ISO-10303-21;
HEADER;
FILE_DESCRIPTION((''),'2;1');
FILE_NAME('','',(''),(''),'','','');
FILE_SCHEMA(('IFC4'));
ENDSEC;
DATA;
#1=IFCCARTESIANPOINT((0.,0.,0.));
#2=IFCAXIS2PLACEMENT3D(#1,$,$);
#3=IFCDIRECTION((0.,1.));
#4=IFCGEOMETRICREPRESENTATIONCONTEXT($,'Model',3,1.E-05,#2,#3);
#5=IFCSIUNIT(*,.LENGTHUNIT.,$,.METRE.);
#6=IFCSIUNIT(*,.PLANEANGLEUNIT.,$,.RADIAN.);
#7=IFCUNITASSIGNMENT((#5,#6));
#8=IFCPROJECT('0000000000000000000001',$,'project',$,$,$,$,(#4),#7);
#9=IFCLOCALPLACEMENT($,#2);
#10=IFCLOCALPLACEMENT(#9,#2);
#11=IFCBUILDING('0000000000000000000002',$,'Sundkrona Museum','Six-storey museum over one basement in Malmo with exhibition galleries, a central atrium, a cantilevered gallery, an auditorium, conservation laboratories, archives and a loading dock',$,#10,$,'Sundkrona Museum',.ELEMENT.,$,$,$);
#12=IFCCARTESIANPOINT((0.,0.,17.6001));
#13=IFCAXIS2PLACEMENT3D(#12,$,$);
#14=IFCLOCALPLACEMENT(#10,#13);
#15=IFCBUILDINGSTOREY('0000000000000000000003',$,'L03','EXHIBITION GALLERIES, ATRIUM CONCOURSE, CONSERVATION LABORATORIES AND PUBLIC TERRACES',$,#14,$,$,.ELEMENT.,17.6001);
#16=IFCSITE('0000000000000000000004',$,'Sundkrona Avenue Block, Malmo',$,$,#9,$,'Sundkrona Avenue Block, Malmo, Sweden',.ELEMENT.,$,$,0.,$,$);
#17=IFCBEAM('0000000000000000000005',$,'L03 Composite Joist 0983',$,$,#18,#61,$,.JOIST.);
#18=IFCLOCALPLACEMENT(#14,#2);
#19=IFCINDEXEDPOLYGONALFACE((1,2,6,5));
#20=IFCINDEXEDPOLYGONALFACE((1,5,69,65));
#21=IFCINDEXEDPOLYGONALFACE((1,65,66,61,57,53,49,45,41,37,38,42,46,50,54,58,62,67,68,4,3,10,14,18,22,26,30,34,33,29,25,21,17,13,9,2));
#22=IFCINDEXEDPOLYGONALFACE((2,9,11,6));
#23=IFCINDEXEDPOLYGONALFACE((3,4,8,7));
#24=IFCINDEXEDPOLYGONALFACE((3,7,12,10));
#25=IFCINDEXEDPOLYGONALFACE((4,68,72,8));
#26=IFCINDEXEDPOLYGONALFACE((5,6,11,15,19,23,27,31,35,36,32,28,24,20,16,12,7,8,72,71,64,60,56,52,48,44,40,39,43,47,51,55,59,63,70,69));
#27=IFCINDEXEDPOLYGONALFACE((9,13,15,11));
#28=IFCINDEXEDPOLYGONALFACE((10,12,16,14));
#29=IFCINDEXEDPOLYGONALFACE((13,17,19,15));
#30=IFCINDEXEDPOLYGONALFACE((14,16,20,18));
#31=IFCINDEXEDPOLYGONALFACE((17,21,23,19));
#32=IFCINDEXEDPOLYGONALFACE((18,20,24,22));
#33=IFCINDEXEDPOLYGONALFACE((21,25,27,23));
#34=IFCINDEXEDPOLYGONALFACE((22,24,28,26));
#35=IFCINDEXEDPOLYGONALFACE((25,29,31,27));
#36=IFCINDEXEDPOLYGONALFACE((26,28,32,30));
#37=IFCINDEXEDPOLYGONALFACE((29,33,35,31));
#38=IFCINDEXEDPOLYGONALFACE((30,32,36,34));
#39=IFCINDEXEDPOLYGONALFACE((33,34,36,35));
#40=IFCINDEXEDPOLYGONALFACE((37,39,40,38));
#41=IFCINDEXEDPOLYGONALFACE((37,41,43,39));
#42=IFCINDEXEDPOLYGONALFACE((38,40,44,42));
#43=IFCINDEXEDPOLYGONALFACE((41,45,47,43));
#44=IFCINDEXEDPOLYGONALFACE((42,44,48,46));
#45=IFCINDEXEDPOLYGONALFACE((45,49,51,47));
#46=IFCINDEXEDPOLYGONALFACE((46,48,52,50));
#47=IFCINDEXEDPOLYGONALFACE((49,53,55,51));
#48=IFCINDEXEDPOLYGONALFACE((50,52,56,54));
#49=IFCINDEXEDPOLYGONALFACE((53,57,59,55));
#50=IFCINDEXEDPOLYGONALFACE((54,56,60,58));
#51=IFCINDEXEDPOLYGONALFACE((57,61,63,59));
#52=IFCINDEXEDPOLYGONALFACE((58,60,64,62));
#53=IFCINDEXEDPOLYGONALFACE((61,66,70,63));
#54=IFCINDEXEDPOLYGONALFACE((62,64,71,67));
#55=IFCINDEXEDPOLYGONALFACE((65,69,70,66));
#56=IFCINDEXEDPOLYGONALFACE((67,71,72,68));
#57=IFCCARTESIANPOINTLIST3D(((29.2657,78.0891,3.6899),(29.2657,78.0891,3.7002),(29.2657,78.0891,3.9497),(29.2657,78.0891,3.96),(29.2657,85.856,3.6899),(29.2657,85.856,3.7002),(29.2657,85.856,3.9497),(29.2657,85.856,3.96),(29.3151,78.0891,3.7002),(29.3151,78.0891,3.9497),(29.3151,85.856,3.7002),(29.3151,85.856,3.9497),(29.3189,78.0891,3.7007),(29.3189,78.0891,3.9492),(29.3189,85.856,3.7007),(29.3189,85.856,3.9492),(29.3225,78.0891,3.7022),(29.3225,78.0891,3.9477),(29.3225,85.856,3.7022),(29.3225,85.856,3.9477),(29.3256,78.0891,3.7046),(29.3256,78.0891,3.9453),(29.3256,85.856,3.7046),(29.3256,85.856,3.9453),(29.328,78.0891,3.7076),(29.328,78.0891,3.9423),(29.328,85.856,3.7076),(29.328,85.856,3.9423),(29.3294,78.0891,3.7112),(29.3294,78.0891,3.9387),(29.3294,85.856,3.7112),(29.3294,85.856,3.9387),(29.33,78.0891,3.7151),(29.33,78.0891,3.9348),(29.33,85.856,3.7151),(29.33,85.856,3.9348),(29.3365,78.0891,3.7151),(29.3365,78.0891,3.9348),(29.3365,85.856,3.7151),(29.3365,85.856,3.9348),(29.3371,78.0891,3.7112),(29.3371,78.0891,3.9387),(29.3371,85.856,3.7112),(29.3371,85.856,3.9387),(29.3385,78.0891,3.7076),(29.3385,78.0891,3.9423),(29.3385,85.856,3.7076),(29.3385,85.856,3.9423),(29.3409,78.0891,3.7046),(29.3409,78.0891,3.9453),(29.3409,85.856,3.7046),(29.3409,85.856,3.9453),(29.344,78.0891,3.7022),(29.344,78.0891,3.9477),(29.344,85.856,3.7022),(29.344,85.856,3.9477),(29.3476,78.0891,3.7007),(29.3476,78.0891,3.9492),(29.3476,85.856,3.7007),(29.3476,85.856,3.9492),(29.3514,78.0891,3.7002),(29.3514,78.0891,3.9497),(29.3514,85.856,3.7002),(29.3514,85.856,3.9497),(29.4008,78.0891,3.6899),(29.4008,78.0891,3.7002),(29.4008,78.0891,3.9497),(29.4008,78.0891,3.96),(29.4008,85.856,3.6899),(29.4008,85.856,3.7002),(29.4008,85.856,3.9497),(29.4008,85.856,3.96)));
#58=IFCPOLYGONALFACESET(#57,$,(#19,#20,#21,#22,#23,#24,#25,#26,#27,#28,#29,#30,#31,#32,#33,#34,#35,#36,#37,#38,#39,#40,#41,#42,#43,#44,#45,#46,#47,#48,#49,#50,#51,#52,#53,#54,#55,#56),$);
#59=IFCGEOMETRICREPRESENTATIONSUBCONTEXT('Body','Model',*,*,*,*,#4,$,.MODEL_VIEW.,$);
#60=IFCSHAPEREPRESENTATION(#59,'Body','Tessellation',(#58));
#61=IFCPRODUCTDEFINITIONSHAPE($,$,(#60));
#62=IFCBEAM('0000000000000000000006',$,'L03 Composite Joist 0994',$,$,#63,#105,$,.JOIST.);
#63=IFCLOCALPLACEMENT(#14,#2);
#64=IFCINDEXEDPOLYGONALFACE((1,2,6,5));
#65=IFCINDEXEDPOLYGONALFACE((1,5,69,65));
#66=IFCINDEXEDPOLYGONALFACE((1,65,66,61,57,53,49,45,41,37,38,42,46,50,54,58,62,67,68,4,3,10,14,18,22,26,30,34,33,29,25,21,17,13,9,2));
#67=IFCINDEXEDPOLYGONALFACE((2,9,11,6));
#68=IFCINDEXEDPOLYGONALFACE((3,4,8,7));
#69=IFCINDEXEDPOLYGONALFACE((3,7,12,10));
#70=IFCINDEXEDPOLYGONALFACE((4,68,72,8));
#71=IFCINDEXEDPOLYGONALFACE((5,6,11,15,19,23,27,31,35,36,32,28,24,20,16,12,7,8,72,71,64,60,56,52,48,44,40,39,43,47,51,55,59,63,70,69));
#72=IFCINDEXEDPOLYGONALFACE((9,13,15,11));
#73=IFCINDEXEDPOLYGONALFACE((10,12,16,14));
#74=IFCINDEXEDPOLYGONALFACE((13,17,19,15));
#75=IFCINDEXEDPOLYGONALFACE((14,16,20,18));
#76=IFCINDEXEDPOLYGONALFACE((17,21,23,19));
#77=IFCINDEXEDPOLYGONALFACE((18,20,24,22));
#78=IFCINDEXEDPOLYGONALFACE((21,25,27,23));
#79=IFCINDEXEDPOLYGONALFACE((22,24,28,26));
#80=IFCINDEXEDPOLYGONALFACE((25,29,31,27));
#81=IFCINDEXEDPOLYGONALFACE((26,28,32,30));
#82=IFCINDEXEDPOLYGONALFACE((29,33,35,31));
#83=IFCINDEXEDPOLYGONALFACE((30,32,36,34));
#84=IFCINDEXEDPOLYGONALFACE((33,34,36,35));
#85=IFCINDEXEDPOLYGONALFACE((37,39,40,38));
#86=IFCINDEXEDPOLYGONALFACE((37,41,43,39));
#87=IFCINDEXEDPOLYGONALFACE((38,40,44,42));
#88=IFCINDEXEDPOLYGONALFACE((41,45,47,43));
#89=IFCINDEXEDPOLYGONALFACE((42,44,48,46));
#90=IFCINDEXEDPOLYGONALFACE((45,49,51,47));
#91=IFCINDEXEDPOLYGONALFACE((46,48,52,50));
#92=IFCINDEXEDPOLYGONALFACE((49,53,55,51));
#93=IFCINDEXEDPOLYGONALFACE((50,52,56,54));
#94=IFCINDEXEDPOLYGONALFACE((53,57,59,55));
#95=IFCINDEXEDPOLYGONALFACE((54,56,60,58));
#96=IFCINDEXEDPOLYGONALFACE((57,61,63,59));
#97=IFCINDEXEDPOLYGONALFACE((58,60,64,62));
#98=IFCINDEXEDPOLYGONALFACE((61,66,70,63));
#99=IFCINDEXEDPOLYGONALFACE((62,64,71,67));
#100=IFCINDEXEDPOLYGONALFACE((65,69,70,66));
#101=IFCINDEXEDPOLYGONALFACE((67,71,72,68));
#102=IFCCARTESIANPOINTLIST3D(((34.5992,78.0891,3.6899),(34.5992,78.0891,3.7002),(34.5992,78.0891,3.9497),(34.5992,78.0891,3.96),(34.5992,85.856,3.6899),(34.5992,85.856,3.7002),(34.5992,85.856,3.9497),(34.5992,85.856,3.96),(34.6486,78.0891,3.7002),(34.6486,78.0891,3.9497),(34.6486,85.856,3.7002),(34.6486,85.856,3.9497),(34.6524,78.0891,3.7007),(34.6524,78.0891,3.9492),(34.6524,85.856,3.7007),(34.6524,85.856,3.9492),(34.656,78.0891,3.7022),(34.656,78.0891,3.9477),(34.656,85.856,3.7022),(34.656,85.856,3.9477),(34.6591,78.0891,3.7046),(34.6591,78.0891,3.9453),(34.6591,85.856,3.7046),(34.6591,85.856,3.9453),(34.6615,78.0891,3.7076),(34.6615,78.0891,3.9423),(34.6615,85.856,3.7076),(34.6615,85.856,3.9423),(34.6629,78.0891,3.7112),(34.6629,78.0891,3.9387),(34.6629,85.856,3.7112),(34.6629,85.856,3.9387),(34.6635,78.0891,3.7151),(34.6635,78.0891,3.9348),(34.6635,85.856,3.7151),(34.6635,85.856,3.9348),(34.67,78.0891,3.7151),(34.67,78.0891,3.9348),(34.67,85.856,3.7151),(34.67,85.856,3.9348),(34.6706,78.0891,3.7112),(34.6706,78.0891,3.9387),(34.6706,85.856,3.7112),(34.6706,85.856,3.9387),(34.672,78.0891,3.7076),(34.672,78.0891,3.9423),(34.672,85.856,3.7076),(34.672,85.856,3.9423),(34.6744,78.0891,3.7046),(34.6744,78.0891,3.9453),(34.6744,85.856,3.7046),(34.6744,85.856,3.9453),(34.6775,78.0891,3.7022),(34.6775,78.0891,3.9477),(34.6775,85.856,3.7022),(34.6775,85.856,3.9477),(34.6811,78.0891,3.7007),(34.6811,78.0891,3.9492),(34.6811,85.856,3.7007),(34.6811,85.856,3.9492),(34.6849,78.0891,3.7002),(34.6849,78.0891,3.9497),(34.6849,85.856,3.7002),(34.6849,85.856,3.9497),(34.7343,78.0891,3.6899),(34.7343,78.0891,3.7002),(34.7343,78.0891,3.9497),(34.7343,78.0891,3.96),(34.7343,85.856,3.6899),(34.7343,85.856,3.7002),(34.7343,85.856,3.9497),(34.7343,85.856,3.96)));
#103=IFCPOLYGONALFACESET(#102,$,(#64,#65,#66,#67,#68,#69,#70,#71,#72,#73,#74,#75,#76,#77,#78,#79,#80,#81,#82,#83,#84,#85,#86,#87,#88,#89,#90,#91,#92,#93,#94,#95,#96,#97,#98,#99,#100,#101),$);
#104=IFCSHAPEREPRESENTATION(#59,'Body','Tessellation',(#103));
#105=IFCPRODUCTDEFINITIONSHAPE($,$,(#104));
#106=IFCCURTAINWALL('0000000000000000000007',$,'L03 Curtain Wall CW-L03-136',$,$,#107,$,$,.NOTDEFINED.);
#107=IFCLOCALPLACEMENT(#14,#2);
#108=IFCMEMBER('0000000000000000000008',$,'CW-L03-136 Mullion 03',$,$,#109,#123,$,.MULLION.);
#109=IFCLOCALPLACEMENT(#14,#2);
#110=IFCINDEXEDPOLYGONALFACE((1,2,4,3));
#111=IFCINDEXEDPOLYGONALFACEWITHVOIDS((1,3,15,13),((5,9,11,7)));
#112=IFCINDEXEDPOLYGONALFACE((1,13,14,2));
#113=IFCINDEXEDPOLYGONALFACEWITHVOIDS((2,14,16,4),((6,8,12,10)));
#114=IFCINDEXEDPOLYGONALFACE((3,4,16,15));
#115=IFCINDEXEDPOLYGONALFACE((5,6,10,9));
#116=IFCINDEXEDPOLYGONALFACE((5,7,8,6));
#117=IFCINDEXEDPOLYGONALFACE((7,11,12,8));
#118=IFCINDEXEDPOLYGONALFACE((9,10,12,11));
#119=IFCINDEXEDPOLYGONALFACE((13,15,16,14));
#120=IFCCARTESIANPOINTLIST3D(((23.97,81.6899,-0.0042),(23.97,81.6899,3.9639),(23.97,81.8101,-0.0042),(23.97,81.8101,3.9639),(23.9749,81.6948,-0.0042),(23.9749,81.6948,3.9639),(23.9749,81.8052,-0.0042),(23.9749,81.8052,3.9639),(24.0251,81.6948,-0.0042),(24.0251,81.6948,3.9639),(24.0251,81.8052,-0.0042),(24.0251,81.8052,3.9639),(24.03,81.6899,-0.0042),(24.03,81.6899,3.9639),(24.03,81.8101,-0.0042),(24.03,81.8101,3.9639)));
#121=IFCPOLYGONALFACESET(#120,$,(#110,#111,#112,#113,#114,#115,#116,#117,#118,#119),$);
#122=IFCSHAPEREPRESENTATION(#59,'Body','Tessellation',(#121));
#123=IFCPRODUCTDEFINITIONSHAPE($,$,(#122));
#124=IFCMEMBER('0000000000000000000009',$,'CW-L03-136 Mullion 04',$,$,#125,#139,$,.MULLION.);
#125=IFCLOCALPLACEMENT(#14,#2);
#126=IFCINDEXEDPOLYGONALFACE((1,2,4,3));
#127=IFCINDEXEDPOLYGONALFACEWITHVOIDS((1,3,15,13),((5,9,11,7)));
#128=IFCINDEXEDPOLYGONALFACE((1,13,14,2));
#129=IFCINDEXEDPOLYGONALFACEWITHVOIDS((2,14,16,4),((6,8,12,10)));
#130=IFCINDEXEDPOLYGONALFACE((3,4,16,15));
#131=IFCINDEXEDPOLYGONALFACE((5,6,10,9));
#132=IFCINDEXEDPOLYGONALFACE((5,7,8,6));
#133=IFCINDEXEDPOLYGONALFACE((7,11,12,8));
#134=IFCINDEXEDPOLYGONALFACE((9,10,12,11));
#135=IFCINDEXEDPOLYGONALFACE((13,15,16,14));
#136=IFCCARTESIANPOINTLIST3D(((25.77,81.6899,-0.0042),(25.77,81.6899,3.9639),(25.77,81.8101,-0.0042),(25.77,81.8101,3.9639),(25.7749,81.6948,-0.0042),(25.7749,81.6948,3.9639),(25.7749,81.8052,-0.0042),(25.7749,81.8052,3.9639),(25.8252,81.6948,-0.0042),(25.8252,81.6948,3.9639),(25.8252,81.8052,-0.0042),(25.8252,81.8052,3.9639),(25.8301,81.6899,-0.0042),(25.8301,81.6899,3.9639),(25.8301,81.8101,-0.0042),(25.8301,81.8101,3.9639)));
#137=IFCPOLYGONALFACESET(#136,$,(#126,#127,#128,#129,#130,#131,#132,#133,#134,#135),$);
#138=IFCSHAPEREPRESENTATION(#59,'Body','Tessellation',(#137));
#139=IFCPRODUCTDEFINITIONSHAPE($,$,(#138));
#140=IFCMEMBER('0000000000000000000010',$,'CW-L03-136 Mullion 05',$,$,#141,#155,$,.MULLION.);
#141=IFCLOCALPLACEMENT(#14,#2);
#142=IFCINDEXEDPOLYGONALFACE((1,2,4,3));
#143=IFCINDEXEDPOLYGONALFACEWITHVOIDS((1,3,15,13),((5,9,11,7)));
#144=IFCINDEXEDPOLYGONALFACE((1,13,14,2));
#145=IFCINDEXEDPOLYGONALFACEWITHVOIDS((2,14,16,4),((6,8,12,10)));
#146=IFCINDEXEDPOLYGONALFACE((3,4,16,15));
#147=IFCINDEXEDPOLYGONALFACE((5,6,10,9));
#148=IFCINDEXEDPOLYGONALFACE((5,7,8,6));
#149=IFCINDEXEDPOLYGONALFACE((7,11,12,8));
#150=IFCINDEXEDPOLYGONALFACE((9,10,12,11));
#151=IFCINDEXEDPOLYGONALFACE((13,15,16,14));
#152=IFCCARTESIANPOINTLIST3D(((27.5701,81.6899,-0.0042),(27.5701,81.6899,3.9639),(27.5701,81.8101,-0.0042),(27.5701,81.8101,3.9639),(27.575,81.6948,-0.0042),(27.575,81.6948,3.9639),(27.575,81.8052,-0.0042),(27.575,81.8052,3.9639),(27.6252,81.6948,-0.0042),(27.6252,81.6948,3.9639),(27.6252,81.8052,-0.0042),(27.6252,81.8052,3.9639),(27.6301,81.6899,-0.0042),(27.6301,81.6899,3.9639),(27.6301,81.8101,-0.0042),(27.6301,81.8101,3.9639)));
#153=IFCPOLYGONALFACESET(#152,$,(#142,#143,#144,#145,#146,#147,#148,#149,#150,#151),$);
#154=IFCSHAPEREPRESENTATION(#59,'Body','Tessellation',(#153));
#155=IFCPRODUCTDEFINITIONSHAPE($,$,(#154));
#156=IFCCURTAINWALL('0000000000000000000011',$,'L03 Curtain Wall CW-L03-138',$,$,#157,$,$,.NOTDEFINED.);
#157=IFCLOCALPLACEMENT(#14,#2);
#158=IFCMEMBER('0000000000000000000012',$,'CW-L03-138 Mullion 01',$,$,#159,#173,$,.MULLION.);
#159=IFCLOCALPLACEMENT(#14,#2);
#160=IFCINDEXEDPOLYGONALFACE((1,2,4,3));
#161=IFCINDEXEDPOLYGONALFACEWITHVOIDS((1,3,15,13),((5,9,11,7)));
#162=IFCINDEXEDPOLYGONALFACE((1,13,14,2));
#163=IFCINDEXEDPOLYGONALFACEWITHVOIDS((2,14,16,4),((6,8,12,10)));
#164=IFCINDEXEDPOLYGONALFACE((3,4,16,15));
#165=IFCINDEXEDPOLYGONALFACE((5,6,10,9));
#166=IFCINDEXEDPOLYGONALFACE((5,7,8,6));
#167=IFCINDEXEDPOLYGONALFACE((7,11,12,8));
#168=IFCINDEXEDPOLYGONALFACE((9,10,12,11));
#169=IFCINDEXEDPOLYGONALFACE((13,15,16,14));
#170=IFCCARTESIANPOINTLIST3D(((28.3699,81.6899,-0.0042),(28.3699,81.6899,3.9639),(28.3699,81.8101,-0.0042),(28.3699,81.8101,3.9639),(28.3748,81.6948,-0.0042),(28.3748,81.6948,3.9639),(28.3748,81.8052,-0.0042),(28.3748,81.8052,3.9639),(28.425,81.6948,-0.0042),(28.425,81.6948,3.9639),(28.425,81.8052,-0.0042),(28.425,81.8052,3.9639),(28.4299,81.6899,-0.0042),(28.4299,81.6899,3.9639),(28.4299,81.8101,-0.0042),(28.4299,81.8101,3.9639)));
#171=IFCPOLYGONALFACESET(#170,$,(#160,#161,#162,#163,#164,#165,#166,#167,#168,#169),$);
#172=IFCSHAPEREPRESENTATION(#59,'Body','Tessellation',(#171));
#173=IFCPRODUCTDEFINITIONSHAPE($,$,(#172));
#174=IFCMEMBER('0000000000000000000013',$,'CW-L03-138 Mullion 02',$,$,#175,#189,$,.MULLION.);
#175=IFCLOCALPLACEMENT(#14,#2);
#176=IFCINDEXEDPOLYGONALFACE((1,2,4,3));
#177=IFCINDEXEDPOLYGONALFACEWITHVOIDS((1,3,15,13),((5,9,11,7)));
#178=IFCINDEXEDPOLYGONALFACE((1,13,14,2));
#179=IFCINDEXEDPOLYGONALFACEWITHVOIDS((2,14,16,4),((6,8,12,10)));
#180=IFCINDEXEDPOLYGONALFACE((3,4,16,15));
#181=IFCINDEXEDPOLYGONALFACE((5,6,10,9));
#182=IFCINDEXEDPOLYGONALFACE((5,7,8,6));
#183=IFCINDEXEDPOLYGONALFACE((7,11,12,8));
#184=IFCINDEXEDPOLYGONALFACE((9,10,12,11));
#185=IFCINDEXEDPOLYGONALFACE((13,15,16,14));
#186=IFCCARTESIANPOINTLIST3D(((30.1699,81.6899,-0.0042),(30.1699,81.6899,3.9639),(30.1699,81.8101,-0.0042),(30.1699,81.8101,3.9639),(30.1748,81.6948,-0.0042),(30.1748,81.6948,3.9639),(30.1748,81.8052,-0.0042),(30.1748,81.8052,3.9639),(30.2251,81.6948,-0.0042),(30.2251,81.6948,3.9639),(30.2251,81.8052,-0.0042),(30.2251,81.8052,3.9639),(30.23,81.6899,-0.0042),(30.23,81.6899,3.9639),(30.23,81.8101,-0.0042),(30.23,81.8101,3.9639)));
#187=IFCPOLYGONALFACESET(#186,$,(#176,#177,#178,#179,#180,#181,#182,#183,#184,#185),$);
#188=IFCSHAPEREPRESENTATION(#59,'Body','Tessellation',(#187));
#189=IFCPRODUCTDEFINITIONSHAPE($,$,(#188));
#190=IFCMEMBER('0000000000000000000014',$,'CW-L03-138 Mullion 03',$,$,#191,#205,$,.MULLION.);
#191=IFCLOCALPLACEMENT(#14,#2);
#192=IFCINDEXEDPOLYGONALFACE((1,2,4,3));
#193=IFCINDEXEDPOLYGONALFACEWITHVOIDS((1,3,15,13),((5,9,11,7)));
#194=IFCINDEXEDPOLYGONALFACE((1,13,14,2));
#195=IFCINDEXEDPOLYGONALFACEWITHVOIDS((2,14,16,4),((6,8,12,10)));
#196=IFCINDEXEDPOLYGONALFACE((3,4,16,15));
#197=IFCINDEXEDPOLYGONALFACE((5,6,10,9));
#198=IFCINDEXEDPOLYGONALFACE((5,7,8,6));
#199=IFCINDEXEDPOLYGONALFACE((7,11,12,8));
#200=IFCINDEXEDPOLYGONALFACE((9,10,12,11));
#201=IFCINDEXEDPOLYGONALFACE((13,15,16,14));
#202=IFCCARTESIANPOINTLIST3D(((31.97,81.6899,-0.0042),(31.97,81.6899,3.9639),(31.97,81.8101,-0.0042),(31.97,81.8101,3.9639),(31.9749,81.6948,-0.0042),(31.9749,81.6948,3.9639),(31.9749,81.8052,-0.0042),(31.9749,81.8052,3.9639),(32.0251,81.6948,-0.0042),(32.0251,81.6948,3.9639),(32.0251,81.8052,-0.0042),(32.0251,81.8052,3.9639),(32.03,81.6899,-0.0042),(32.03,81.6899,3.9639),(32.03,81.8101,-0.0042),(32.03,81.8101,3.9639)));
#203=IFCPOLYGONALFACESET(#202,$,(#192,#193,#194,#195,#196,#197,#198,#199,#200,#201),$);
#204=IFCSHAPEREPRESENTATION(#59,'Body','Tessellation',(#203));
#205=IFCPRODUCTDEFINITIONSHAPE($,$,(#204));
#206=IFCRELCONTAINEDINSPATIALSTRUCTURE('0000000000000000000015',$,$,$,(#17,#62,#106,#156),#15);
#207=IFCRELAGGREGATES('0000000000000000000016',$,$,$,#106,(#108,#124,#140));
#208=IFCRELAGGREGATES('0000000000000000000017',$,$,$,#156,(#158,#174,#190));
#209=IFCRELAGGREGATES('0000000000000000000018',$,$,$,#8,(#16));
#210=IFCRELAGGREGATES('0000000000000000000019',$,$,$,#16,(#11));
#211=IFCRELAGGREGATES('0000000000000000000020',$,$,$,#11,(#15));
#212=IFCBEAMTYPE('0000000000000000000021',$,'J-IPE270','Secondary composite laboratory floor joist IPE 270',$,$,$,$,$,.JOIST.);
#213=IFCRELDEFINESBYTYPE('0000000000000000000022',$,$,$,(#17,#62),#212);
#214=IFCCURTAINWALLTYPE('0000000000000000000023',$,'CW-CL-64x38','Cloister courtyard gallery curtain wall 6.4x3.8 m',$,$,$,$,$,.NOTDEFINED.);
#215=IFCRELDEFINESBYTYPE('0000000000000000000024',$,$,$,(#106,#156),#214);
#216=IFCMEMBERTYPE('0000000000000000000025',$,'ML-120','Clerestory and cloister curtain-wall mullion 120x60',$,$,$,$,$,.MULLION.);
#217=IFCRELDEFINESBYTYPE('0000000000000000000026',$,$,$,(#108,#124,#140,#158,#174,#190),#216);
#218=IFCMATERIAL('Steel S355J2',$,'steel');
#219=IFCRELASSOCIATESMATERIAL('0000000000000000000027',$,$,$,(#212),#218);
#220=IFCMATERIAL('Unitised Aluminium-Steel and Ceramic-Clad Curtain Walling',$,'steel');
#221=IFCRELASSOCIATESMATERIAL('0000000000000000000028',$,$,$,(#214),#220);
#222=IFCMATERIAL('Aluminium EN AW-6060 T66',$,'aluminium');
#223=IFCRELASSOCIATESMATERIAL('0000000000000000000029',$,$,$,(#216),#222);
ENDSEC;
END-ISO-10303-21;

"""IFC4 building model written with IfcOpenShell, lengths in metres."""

from ifc_helpers import new_model, si_unit, direction, frame, origin, origin_2d, place, context, subcontext, project, spatial, hollow_rectangle, i_section, extrude, material, material_profile, profile_set, type_object, element, aggregate, save


model = new_model("IFC4")

# Units and contexts
model_context = context("Model", 3, precision=1e-05, world=origin(), true_north=direction((0.0, 1.0)))
body_context = subcontext(model_context, "Body", "Model", "MODEL_VIEW")
ifc_project = project(units=[si_unit("LENGTHUNIT", "METRE"), si_unit("PLANEANGLEUNIT", "RADIAN")], contexts=[model_context])

# Site, building, storey
site_placement = place(None, origin())
site = spatial("IfcSite", under=ifc_project, at=site_placement, Name="Sundkrona Avenue Block, Malmo", LongName="Sundkrona Avenue Block, Malmo, Sweden", CompositionType="ELEMENT", RefElevation=0.0)
building_placement = place(site_placement, origin())
building = spatial("IfcBuilding", under=site, at=building_placement, Name="Sundkrona Museum", Description="Six-storey museum over one basement in Malmo with exhibition galleries, a central atrium, a cantilevered gallery, an auditorium, conservation laboratories, archives and a loading dock", LongName="Sundkrona Museum", CompositionType="ELEMENT")
storey_placement = place(building_placement, frame((0.0, 0.0, 17.6001)))
storey = spatial("IfcBuildingStorey", under=building, at=storey_placement, Name="L03", Description="EXHIBITION GALLERIES, ATRIUM CONCOURSE, CONSERVATION LABORATORIES AND PUBLIC TERRACES", CompositionType="ELEMENT", Elevation=17.6001)

# Shared definitions
ifc_material_1 = material(Name="Steel S355J2", Category="steel")

# Beams
ifc_material_profile_1 = material_profile(ifc_material_1, i_section(OverallWidth=0.135, OverallDepth=0.27, WebThickness=0.0066, FlangeThickness=0.0103, FilletRadius=0.0149, at=origin_2d()), Name="IPE 270")
ifc_profile_set_1 = profile_set([ifc_material_profile_1], Name="Steel S355J2")
beam_type_1 = type_object("IfcBeamType", Name="J-IPE270", Description="Secondary composite laboratory floor joist IPE 270", PredefinedType="JOIST", material=ifc_profile_set_1)
for number, where, z_axis, x_axis, name in (
    (1, (29.3333, 78.0891, 3.825), (0.0, 1.0, 0.0), (-1.0, 0.0, 0.0), "L03 Composite Joist 0983"),
    (2, (34.6667, 78.0891, 3.825), (0.0, 1.0, 0.0), (-1.0, 0.0, 0.0), "L03 Composite Joist 0994"),
):
    element("IfcBeam", number, at=place(storey_placement, frame(where, z_axis=z_axis, x_axis=x_axis)), inside=storey, type_object=beam_type_1, Name=name, PredefinedType="JOIST", context=body_context, shape_type="SweptSolid", body=[
        extrude(i_section(OverallWidth=0.135, OverallDepth=0.27, WebThickness=0.0066, FlangeThickness=0.0103, FilletRadius=0.0149, at=origin_2d()), origin(), (0.0, 0.0, 1.0), 7.7668),
    ])

# Curtain walls, members
ifc_material_2 = material(Name="Unitised Aluminium-Steel and Ceramic-Clad Curtain Walling", Category="steel")
curtain_wall_type = type_object("IfcCurtainWallType", Name="CW-CL-64x38", Description="Cloister courtyard gallery curtain wall 6.4x3.8 m", PredefinedType="NOTDEFINED", material=ifc_material_2)
curtain_wall_1_placement = place(storey_placement, origin())
curtain_wall_1 = element("IfcCurtainWall", 3, at=curtain_wall_1_placement, inside=storey, type_object=curtain_wall_type, Name="L03 Curtain Wall CW-L03-136", PredefinedType="NOTDEFINED")
ifc_material_3 = material(Name="Aluminium EN AW-6060 T66", Category="aluminium")
ifc_material_profile_2 = material_profile(ifc_material_3, hollow_rectangle(XDim=0.0601, YDim=0.1201, WallThickness=0.0049, at=origin_2d()), Name="RHS 120x60x5.0")
ifc_profile_set_2 = profile_set([ifc_material_profile_2], Name="Aluminium EN AW-6060 T66")
member_type_1 = type_object("IfcMemberType", Name="ML-120", Description="Clerestory and cloister curtain-wall mullion 120x60", PredefinedType="MULLION", material=ifc_profile_set_2)
member_1_placement = place(storey_placement, frame((24.0, 81.75, -0.0042), z_axis=(0.0, 0.0, 1.0), x_axis=(1.0, 0.0, 0.0)))
member_1 = element("IfcMember", 4, at=member_1_placement, type_object=member_type_1, Name="CW-L03-136 Mullion 03", PredefinedType="MULLION", context=body_context, shape_type="SweptSolid", body=[
    extrude(hollow_rectangle(XDim=0.0601, YDim=0.1201, WallThickness=0.0049, at=origin_2d()), origin(), (0.0, 0.0, 1.0), 3.968),
])
member_2_placement = place(storey_placement, frame((25.8, 81.75, -0.0042), z_axis=(0.0, 0.0, 1.0), x_axis=(1.0, 0.0, 0.0)))
member_2 = element("IfcMember", 5, at=member_2_placement, type_object=member_type_1, Name="CW-L03-136 Mullion 04", PredefinedType="MULLION", context=body_context, shape_type="SweptSolid", body=[
    extrude(hollow_rectangle(XDim=0.0601, YDim=0.1201, WallThickness=0.0049, at=origin_2d()), origin(), (0.0, 0.0, 1.0), 3.968),
])
member_3_placement = place(storey_placement, frame((27.6001, 81.75, -0.0042), z_axis=(0.0, 0.0, 1.0), x_axis=(1.0, 0.0, 0.0)))
member_3 = element("IfcMember", 6, at=member_3_placement, type_object=member_type_1, Name="CW-L03-136 Mullion 05", PredefinedType="MULLION", context=body_context, shape_type="SweptSolid", body=[
    extrude(hollow_rectangle(XDim=0.0601, YDim=0.1201, WallThickness=0.0049, at=origin_2d()), origin(), (0.0, 0.0, 1.0), 3.968),
])
curtain_wall_2_placement = place(storey_placement, origin())
curtain_wall_2 = element("IfcCurtainWall", 7, at=curtain_wall_2_placement, inside=storey, type_object=curtain_wall_type, Name="L03 Curtain Wall CW-L03-138", PredefinedType="NOTDEFINED")
member_4_placement = place(storey_placement, frame((28.3999, 81.75, -0.0042), z_axis=(0.0, 0.0, 1.0), x_axis=(1.0, 0.0, 0.0)))
member_4 = element("IfcMember", 8, at=member_4_placement, type_object=member_type_1, Name="CW-L03-138 Mullion 01", PredefinedType="MULLION", context=body_context, shape_type="SweptSolid", body=[
    extrude(hollow_rectangle(XDim=0.0601, YDim=0.1201, WallThickness=0.0049, at=origin_2d()), origin(), (0.0, 0.0, 1.0), 3.968),
])
member_5_placement = place(storey_placement, frame((30.2, 81.75, -0.0042), z_axis=(0.0, 0.0, 1.0), x_axis=(1.0, 0.0, 0.0)))
member_5 = element("IfcMember", 9, at=member_5_placement, type_object=member_type_1, Name="CW-L03-138 Mullion 02", PredefinedType="MULLION", context=body_context, shape_type="SweptSolid", body=[
    extrude(hollow_rectangle(XDim=0.0601, YDim=0.1201, WallThickness=0.0049, at=origin_2d()), origin(), (0.0, 0.0, 1.0), 3.968),
])
member_6_placement = place(storey_placement, frame((32.0, 81.75, -0.0042), z_axis=(0.0, 0.0, 1.0), x_axis=(1.0, 0.0, 0.0)))
member_6 = element("IfcMember", 10, at=member_6_placement, type_object=member_type_1, Name="CW-L03-138 Mullion 03", PredefinedType="MULLION", context=body_context, shape_type="SweptSolid", body=[
    extrude(hollow_rectangle(XDim=0.0601, YDim=0.1201, WallThickness=0.0049, at=origin_2d()), origin(), (0.0, 0.0, 1.0), 3.968),
])

aggregate(curtain_wall_1, [member_1, member_2, member_3])
aggregate(curtain_wall_2, [member_4, member_5, member_6])

save(model, "model.ifc")
